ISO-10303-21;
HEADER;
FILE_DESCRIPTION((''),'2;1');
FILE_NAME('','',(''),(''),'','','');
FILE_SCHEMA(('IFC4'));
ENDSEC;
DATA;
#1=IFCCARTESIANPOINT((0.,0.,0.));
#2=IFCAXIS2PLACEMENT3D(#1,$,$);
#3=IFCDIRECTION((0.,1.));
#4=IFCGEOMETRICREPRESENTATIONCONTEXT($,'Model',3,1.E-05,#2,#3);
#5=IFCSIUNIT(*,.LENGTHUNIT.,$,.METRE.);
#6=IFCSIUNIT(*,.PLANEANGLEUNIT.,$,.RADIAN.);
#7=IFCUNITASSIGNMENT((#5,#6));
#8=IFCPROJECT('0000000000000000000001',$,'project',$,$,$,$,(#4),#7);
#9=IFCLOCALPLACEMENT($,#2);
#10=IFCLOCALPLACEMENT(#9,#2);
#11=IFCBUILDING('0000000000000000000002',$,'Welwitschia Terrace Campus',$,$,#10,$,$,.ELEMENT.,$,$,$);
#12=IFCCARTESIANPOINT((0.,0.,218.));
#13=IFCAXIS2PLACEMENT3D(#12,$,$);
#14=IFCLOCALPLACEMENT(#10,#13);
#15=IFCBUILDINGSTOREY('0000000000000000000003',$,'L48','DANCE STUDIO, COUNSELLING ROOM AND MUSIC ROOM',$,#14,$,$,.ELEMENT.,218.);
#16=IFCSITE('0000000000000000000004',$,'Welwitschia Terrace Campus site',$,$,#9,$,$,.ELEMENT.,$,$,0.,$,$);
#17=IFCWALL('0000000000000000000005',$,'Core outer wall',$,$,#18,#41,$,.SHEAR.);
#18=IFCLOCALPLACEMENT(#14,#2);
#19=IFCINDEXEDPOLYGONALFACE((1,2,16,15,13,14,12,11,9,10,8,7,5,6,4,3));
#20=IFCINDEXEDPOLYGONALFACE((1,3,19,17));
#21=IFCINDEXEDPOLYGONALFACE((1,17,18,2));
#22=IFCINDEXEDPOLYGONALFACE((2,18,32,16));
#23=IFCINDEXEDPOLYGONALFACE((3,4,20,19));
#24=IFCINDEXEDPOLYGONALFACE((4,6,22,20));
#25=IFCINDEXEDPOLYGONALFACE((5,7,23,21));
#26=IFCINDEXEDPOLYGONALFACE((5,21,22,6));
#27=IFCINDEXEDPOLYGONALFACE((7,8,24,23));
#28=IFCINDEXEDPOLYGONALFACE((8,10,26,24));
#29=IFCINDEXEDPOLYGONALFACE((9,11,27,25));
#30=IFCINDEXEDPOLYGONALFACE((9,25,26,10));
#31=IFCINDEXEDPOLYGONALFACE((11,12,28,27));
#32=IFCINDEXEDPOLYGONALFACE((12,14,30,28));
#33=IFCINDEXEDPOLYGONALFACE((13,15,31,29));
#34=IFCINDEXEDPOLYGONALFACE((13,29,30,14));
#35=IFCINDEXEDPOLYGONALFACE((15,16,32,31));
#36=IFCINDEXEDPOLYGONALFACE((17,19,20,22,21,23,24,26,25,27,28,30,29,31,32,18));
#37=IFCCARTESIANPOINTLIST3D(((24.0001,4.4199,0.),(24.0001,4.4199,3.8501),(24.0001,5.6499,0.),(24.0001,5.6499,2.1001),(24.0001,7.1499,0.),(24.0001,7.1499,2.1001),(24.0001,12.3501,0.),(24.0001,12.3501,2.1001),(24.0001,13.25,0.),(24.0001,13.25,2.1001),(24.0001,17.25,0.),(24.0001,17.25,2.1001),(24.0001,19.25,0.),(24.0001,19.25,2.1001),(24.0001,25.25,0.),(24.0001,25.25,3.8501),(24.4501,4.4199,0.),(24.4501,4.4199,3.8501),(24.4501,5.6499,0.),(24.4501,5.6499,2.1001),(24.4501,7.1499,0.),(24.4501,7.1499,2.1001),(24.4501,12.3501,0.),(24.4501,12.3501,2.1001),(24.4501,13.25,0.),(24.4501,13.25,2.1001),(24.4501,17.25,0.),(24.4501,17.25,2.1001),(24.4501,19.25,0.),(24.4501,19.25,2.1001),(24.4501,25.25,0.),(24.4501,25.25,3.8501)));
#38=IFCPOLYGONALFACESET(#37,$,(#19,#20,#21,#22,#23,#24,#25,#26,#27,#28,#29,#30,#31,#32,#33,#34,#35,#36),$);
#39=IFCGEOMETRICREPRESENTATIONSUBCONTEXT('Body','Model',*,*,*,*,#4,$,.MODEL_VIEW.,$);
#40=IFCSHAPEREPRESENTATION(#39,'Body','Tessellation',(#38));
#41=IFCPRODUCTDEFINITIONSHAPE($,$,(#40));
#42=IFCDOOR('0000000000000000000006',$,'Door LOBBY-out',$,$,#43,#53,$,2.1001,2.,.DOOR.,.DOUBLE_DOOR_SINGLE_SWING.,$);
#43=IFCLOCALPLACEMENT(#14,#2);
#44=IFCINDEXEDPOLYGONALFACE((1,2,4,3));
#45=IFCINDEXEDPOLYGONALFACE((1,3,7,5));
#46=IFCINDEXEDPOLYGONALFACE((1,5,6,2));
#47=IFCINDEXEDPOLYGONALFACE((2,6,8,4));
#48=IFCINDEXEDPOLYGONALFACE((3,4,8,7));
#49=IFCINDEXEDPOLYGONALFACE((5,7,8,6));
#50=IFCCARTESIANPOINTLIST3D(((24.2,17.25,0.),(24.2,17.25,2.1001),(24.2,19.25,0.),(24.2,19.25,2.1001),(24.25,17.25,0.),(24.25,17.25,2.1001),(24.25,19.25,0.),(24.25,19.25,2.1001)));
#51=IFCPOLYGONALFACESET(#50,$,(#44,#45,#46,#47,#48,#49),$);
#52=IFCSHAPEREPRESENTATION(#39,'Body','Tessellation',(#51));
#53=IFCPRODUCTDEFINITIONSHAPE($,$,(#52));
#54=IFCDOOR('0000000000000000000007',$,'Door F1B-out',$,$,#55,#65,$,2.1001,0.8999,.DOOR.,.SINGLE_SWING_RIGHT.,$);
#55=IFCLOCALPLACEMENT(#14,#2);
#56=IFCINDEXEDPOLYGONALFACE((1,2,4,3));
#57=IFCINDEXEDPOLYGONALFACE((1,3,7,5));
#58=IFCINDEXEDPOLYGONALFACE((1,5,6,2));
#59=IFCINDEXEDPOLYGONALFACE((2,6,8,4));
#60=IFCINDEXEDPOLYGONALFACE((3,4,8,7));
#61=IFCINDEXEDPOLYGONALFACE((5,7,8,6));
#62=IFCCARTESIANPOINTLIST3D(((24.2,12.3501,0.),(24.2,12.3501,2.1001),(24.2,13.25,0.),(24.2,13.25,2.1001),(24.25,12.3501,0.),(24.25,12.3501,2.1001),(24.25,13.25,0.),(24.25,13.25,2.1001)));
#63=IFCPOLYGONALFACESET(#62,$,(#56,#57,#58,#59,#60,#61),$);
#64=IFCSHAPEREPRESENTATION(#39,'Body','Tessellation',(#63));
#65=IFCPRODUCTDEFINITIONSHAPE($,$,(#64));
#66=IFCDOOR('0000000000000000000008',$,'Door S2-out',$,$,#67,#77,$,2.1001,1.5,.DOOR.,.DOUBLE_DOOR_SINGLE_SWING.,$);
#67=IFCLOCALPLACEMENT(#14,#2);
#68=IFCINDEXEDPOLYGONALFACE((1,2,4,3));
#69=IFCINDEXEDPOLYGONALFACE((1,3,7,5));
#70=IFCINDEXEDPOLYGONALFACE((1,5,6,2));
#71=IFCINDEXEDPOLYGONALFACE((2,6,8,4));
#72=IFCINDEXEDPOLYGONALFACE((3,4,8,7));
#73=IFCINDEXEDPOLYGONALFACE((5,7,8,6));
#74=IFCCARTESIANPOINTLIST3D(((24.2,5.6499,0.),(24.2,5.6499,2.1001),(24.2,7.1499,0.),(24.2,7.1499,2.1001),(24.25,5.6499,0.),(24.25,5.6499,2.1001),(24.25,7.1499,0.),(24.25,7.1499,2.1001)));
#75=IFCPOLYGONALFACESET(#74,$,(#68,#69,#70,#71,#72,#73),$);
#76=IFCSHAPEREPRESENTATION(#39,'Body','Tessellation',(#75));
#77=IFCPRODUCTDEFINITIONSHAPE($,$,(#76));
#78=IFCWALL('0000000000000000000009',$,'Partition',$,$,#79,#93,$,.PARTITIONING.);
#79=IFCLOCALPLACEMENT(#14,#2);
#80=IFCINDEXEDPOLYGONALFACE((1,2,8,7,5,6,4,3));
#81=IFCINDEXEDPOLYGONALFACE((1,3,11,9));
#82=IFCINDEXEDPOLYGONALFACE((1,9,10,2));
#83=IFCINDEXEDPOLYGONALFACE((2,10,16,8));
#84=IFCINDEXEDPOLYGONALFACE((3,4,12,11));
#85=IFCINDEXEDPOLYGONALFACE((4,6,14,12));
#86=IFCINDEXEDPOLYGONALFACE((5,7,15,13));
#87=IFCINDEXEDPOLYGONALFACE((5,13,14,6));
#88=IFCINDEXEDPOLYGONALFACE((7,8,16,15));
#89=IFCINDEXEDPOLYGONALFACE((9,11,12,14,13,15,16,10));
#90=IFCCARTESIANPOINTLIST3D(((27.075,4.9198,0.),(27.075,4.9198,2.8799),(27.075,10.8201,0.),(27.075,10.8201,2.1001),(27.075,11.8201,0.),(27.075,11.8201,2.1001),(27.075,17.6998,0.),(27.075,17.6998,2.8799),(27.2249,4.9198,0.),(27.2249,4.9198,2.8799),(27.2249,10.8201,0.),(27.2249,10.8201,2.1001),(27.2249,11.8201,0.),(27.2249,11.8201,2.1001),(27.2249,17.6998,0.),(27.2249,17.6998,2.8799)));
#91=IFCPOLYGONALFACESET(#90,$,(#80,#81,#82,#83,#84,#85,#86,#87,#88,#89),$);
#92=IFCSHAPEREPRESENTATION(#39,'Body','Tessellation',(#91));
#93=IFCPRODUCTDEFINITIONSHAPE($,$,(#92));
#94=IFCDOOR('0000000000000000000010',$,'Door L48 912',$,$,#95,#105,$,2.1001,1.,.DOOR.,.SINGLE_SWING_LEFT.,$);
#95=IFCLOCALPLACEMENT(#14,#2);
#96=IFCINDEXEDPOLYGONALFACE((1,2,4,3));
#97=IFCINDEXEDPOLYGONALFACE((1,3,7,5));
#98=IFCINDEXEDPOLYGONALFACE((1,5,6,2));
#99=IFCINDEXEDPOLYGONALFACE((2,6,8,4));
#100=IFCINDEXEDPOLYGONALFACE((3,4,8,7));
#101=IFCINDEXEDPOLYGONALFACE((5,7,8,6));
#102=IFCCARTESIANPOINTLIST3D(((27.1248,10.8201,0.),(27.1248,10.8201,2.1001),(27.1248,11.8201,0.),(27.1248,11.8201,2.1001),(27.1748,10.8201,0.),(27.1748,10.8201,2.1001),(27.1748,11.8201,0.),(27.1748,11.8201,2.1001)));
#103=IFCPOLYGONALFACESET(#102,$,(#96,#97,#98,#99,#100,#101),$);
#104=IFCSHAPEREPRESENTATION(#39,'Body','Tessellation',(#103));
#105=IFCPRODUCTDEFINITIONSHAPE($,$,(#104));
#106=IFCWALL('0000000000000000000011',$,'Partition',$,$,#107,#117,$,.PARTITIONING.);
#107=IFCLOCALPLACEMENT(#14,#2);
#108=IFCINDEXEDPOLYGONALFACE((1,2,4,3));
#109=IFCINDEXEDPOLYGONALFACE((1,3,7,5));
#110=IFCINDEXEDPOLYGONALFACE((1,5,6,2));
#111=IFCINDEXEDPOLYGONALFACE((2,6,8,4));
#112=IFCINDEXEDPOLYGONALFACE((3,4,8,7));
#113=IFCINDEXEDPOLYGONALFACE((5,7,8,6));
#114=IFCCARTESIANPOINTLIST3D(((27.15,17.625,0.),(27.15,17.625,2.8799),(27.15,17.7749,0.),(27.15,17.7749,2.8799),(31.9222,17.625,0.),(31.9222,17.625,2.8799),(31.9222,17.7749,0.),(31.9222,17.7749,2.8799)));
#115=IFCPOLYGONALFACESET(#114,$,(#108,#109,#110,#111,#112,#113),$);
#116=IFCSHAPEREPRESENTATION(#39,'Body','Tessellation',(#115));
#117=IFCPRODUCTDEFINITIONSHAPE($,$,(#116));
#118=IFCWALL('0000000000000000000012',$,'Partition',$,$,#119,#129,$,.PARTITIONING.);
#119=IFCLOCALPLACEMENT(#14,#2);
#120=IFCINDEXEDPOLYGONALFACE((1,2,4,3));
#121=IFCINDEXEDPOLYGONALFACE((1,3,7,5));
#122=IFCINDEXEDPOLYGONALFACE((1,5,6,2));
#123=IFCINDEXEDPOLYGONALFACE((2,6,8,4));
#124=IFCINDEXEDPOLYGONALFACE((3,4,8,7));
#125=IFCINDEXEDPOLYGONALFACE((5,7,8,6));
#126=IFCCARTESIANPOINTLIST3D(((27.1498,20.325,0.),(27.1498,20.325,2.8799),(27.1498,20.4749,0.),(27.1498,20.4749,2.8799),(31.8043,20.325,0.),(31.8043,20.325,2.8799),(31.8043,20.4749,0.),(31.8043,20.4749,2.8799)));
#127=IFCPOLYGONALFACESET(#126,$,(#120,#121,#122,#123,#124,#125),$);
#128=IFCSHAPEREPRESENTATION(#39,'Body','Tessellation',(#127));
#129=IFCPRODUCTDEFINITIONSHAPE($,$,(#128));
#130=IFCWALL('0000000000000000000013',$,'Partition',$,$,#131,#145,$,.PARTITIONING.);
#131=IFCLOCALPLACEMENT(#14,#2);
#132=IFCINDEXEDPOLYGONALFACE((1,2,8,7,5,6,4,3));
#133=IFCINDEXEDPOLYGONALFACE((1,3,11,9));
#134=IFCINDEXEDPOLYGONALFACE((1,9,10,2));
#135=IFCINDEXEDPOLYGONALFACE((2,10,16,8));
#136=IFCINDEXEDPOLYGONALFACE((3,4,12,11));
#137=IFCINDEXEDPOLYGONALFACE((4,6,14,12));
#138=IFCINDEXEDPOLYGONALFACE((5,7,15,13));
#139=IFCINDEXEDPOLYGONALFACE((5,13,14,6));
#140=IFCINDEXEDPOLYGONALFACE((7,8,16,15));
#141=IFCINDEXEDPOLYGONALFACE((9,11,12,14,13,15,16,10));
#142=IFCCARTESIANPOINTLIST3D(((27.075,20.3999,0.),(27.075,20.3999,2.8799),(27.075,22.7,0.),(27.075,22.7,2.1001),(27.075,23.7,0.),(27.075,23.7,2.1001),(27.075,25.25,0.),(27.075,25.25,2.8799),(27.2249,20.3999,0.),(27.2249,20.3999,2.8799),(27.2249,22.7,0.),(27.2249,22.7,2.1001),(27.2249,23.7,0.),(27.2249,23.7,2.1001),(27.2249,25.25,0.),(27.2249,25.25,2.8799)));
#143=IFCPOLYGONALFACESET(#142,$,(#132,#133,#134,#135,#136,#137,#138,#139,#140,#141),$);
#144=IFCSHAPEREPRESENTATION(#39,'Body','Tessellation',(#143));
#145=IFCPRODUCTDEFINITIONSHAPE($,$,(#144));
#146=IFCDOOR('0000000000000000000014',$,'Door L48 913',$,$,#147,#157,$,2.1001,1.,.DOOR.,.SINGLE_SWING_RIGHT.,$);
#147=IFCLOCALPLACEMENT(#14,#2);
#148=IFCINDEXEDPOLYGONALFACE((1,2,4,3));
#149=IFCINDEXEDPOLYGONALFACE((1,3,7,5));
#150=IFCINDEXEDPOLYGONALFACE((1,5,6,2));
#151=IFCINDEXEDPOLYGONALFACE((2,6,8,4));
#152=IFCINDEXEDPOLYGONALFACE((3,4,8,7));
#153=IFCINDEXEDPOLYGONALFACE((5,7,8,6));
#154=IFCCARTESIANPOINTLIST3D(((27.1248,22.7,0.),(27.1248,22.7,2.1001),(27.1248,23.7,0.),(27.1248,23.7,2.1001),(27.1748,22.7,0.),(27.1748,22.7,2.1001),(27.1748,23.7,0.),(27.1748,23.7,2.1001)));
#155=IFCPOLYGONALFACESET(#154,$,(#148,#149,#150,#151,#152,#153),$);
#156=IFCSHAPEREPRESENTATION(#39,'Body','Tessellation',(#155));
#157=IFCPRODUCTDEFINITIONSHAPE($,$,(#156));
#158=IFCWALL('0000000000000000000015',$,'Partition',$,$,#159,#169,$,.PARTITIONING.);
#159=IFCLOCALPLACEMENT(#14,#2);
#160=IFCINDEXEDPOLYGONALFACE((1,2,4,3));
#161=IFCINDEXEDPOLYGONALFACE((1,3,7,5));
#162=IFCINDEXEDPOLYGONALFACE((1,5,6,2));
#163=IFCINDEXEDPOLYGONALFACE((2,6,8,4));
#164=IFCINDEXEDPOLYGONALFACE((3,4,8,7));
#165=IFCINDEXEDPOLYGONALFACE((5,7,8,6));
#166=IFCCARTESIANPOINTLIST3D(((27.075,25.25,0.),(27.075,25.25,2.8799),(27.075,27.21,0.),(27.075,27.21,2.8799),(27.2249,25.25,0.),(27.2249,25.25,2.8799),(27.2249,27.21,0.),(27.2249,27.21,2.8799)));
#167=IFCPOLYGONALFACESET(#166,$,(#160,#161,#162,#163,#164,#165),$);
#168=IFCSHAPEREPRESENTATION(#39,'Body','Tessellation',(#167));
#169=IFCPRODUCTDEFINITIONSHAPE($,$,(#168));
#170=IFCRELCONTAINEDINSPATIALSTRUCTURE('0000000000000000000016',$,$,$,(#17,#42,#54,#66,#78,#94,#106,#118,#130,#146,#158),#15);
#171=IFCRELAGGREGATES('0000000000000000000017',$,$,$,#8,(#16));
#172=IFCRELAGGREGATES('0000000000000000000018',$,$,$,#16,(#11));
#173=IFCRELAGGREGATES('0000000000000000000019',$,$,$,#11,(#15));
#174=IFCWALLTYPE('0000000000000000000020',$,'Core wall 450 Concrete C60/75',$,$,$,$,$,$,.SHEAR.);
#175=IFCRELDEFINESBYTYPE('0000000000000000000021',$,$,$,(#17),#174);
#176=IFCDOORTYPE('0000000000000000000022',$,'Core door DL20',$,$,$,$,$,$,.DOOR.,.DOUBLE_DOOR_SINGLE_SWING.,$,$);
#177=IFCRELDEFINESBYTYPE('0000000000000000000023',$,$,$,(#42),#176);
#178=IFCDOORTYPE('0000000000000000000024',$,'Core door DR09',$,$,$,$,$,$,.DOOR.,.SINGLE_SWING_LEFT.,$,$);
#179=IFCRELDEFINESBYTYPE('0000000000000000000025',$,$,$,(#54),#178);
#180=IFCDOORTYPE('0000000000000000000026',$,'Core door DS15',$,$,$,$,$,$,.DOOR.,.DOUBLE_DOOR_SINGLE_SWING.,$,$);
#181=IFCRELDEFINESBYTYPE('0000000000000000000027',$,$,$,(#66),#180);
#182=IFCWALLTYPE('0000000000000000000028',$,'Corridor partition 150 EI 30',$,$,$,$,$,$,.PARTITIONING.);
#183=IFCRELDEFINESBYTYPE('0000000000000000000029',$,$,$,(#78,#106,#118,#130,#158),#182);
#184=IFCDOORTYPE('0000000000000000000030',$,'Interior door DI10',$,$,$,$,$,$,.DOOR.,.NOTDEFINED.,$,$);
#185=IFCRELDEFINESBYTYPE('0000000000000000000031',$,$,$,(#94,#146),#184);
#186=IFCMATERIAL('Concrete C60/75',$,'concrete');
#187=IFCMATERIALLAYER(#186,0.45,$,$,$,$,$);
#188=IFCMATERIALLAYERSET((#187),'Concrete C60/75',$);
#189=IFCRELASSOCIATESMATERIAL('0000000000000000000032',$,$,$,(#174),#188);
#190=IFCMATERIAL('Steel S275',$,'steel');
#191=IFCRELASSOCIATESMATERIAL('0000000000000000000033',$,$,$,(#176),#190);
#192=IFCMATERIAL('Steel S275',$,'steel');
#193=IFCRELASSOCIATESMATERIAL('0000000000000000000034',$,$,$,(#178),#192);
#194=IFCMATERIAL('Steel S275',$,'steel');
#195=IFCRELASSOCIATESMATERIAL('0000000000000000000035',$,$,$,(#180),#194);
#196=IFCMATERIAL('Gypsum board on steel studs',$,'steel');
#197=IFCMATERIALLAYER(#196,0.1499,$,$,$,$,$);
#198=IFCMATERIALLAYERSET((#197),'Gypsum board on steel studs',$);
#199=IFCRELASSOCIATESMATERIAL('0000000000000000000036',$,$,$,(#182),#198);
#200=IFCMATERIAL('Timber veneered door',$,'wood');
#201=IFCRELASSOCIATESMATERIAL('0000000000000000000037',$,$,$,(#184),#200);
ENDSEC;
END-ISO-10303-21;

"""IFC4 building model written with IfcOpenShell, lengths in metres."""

from ifc_helpers import new_model, si_unit, direction, frame, frame_2d, origin, place, context, subcontext, project, spatial, rectangle, extrude, material, layer, layer_set, type_object, element, fill, save


model = new_model("IFC4")

# Units and contexts
model_context = context("Model", 3, precision=1e-05, world=origin(), true_north=direction((0.0, 1.0)))
body_context = subcontext(model_context, "Body", "Model", "MODEL_VIEW")
ifc_project = project(units=[si_unit("LENGTHUNIT", "METRE"), si_unit("PLANEANGLEUNIT", "RADIAN")], contexts=[model_context])

# Site, building, storey
site_placement = place(None, origin())
site = spatial("IfcSite", under=ifc_project, at=site_placement, Name="Welwitschia Terrace Campus site", CompositionType="ELEMENT", RefElevation=0.0)
building_placement = place(site_placement, origin())
building = spatial("IfcBuilding", under=site, at=building_placement, Name="Welwitschia Terrace Campus", CompositionType="ELEMENT")
storey_placement = place(building_placement, frame((0.0, 0.0, 218.0)))
storey = spatial("IfcBuildingStorey", under=building, at=storey_placement, Name="L48", Description="DANCE STUDIO, COUNSELLING ROOM AND MUSIC ROOM", CompositionType="ELEMENT", Elevation=218.0)

# Wall, openings, doors
ifc_material_1 = material(Name="Concrete C60/75", Category="concrete")
ifc_layer_1 = layer(ifc_material_1, 0.45)
ifc_layer_set_1 = layer_set([ifc_layer_1], Name="Concrete C60/75")
wall_type_1 = type_object("IfcWallType", Name="Core wall 450 Concrete C60/75", PredefinedType="SHEAR", material=ifc_layer_set_1)
wall_1_placement = place(storey_placement, frame((24.2251, 25.25, 0.0), z_axis=(0.0, 0.0, 1.0), x_axis=(0.0, -1.0, 0.0)))
wall_1 = element("IfcWall", 1, at=wall_1_placement, inside=storey, type_object=wall_type_1, Name="Core outer wall", PredefinedType="SHEAR", context=body_context, shape_type="SweptSolid", body=[
    extrude(rectangle(XDim=20.8301, YDim=0.45, at=frame_2d((10.415, 0.0))), origin(), (0.0, 0.0, 1.0), 3.8501),
])
opening_1_placement = place(wall_1_placement, frame((18.1001, 0.0, 0.0)))
opening_1 = element("IfcOpeningElement", 2, at=opening_1_placement, cuts=wall_1, PredefinedType="OPENING", context=body_context, shape_type="SweptSolid", body=[
    extrude(rectangle(XDim=1.5, YDim=2.1001, at=frame_2d((0.75, 1.05))), frame((0.0, 0.2349, 0.0), z_axis=(0.0, -1.0, 0.0), x_axis=(1.0, 0.0, 0.0)), (0.0, 0.0, 1.0), 0.47),
])
opening_2_placement = place(wall_1_placement, frame((12.0, 0.0, 0.0)))
opening_2 = element("IfcOpeningElement", 3, at=opening_2_placement, cuts=wall_1, PredefinedType="OPENING", context=body_context, shape_type="SweptSolid", body=[
    extrude(rectangle(XDim=0.8999, YDim=2.1001, at=frame_2d((0.45, 1.05))), frame((0.0, 0.2349, 0.0), z_axis=(0.0, -1.0, 0.0), x_axis=(1.0, 0.0, 0.0)), (0.0, 0.0, 1.0), 0.47),
])
opening_3_placement = place(wall_1_placement, frame((6.0, 0.0, 0.0)))
opening_3 = element("IfcOpeningElement", 4, at=opening_3_placement, cuts=wall_1, PredefinedType="OPENING", context=body_context, shape_type="SweptSolid", body=[
    extrude(rectangle(XDim=2.0, YDim=2.1001, at=frame_2d((1.0, 1.05))), frame((0.0, 0.2349, 0.0), z_axis=(0.0, -1.0, 0.0), x_axis=(1.0, 0.0, 0.0)), (0.0, 0.0, 1.0), 0.47),
])
ifc_material_2 = material(Name="Steel S275", Category="steel")
door_type_1 = type_object("IfcDoorType", Name="Core door DL20", OperationType="DOUBLE_DOOR_SINGLE_SWING", PredefinedType="DOOR", material=ifc_material_2)
door_1_placement = place(opening_3_placement, origin())
door_1 = element("IfcDoor", 5, at=door_1_placement, inside=storey, type_object=door_type_1, Name="Door LOBBY-out", OperationType="DOUBLE_DOOR_SINGLE_SWING", OverallHeight=2.1001, OverallWidth=2.0, PredefinedType="DOOR", context=body_context, shape_type="SweptSolid", body=[
    extrude(rectangle(XDim=2.0, YDim=2.1001, at=frame_2d((1.0, 1.05))), frame((0.0, 0.0249, 0.0), z_axis=(0.0, -1.0, 0.0), x_axis=(1.0, 0.0, 0.0)), (0.0, 0.0, 1.0), 0.05),
])
fill(opening_3, door_1)
ifc_material_3 = material(Name="Steel S275", Category="steel")
door_type_2 = type_object("IfcDoorType", Name="Core door DR09", OperationType="SINGLE_SWING_LEFT", PredefinedType="DOOR", material=ifc_material_3)
door_2_placement = place(opening_2_placement, origin())
door_2 = element("IfcDoor", 6, at=door_2_placement, inside=storey, type_object=door_type_2, Name="Door F1B-out", OperationType="SINGLE_SWING_RIGHT", OverallHeight=2.1001, OverallWidth=0.8999, PredefinedType="DOOR", context=body_context, shape_type="SweptSolid", body=[
    extrude(rectangle(XDim=0.8999, YDim=2.1001, at=frame_2d((0.45, 1.05))), frame((0.0, 0.0249, 0.0), z_axis=(0.0, -1.0, 0.0), x_axis=(1.0, 0.0, 0.0)), (0.0, 0.0, 1.0), 0.05),
])
fill(opening_2, door_2)
ifc_material_4 = material(Name="Steel S275", Category="steel")
door_type_3 = type_object("IfcDoorType", Name="Core door DS15", OperationType="DOUBLE_DOOR_SINGLE_SWING", PredefinedType="DOOR", material=ifc_material_4)
door_3_placement = place(opening_1_placement, origin())
door_3 = element("IfcDoor", 7, at=door_3_placement, inside=storey, type_object=door_type_3, Name="Door S2-out", OperationType="DOUBLE_DOOR_SINGLE_SWING", OverallHeight=2.1001, OverallWidth=1.5, PredefinedType="DOOR", context=body_context, shape_type="SweptSolid", body=[
    extrude(rectangle(XDim=1.5, YDim=2.1001, at=frame_2d((0.75, 1.05))), frame((0.0, 0.0249, 0.0), z_axis=(0.0, -1.0, 0.0), x_axis=(1.0, 0.0, 0.0)), (0.0, 0.0, 1.0), 0.05),
])
fill(opening_1, door_3)

# Wall, opening, door
ifc_material_5 = material(Name="Gypsum board on steel studs", Category="steel")
ifc_layer_2 = layer(ifc_material_5, 0.1499)
ifc_layer_set_2 = layer_set([ifc_layer_2], Name="Gypsum board on steel studs")
wall_type_2 = type_object("IfcWallType", Name="Corridor partition 150 EI 30", PredefinedType="PARTITIONING", material=ifc_layer_set_2)
wall_2_placement = place(storey_placement, frame((27.1499, 17.7, 0.0), z_axis=(0.0, 0.0, 1.0), x_axis=(0.0, -1.0, 0.0)))
wall_2 = element("IfcWall", 8, at=wall_2_placement, inside=storey, type_object=wall_type_2, Name="Partition", PredefinedType="PARTITIONING", context=body_context, shape_type="SweptSolid", body=[
    extrude(rectangle(XDim=12.78, YDim=0.1499, at=frame_2d((6.3901, 0.0))), origin(), (0.0, 0.0, 1.0), 2.8799),
])
opening_4_placement = place(wall_2_placement, frame((5.8799, 0.0, 0.0)))
opening_4 = element("IfcOpeningElement", 9, at=opening_4_placement, cuts=wall_2, PredefinedType="OPENING", context=body_context, shape_type="SweptSolid", body=[
    extrude(rectangle(XDim=1.0, YDim=2.1001, at=frame_2d((0.5, 1.05))), frame((0.0, 0.085, 0.0), z_axis=(0.0, -1.0, 0.0), x_axis=(1.0, 0.0, 0.0)), (0.0, 0.0, 1.0), 0.1699),
])
ifc_material_6 = material(Name="Timber veneered door", Category="wood")
door_type_4 = type_object("IfcDoorType", Name="Interior door DI10", OperationType="NOTDEFINED", PredefinedType="DOOR", material=ifc_material_6)
door_4_placement = place(opening_4_placement, origin())
door_4 = element("IfcDoor", 10, at=door_4_placement, inside=storey, type_object=door_type_4, Name="Door L48 912", OperationType="SINGLE_SWING_LEFT", OverallHeight=2.1001, OverallWidth=1.0, PredefinedType="DOOR", context=body_context, shape_type="SweptSolid", body=[
    extrude(rectangle(XDim=1.0, YDim=2.1001, at=frame_2d((0.5, 1.05))), frame((0.0, 0.0249, 0.0), z_axis=(0.0, -1.0, 0.0), x_axis=(1.0, 0.0, 0.0)), (0.0, 0.0, 1.0), 0.05),
])
fill(opening_4, door_4)

# Walls
wall_3_placement = place(storey_placement, frame((27.1499, 17.7, 0.0), z_axis=(0.0, 0.0, 1.0), x_axis=(1.0, 0.0, 0.0)))
element("IfcWall", 11, at=wall_3_placement, inside=storey, type_object=wall_type_2, Name="Partition", PredefinedType="PARTITIONING", context=body_context, shape_type="SweptSolid", body=[
    extrude(rectangle(XDim=4.7722, YDim=0.1499, at=frame_2d((2.3862, 0.0))), origin(), (0.0, 0.0, 1.0), 2.8799),
])
wall_4_placement = place(storey_placement, frame((27.1499, 20.3999, 0.0), z_axis=(0.0, 0.0, 1.0), x_axis=(1.0, 0.0, 0.0)))
element("IfcWall", 12, at=wall_4_placement, inside=storey, type_object=wall_type_2, Name="Partition", PredefinedType="PARTITIONING", context=body_context, shape_type="SweptSolid", body=[
    extrude(rectangle(XDim=4.6545, YDim=0.1499, at=frame_2d((2.3271, 0.0))), origin(), (0.0, 0.0, 1.0), 2.8799),
])

# Wall, opening, door
wall_5_placement = place(storey_placement, frame((27.1499, 25.25, 0.0), z_axis=(0.0, 0.0, 1.0), x_axis=(0.0, -1.0, 0.0)))
wall_5 = element("IfcWall", 13, at=wall_5_placement, inside=storey, type_object=wall_type_2, Name="Partition", PredefinedType="PARTITIONING", context=body_context, shape_type="SweptSolid", body=[
    extrude(rectangle(XDim=4.8501, YDim=0.1499, at=frame_2d((2.425, 0.0))), origin(), (0.0, 0.0, 1.0), 2.8799),
])
opening_5_placement = place(wall_5_placement, frame((1.55, 0.0, 0.0)))
opening_5 = element("IfcOpeningElement", 14, at=opening_5_placement, cuts=wall_5, PredefinedType="OPENING", context=body_context, shape_type="SweptSolid", body=[
    extrude(rectangle(XDim=1.0, YDim=2.1001, at=frame_2d((0.5, 1.05))), frame((0.0, 0.085, 0.0), z_axis=(0.0, -1.0, 0.0), x_axis=(1.0, 0.0, 0.0)), (0.0, 0.0, 1.0), 0.1699),
])
door_5_placement = place(opening_5_placement, origin())
door_5 = element("IfcDoor", 15, at=door_5_placement, inside=storey, type_object=door_type_4, Name="Door L48 913", OperationType="SINGLE_SWING_RIGHT", OverallHeight=2.1001, OverallWidth=1.0, PredefinedType="DOOR", context=body_context, shape_type="SweptSolid", body=[
    extrude(rectangle(XDim=1.0, YDim=2.1001, at=frame_2d((0.5, 1.05))), frame((0.0, 0.0249, 0.0), z_axis=(0.0, -1.0, 0.0), x_axis=(1.0, 0.0, 0.0)), (0.0, 0.0, 1.0), 0.05),
])
fill(opening_5, door_5)

# Wall
wall_6_placement = place(storey_placement, frame((27.1499, 25.25, 0.0), z_axis=(0.0, 0.0, 1.0), x_axis=(0.0, 1.0, 0.0)))
element("IfcWall", 16, at=wall_6_placement, inside=storey, type_object=wall_type_2, Name="Partition", PredefinedType="PARTITIONING", context=body_context, shape_type="SweptSolid", body=[
    extrude(rectangle(XDim=1.96, YDim=0.1499, at=frame_2d((0.98, 0.0))), origin(), (0.0, 0.0, 1.0), 2.8799),
])

save(model, "model.ifc")
